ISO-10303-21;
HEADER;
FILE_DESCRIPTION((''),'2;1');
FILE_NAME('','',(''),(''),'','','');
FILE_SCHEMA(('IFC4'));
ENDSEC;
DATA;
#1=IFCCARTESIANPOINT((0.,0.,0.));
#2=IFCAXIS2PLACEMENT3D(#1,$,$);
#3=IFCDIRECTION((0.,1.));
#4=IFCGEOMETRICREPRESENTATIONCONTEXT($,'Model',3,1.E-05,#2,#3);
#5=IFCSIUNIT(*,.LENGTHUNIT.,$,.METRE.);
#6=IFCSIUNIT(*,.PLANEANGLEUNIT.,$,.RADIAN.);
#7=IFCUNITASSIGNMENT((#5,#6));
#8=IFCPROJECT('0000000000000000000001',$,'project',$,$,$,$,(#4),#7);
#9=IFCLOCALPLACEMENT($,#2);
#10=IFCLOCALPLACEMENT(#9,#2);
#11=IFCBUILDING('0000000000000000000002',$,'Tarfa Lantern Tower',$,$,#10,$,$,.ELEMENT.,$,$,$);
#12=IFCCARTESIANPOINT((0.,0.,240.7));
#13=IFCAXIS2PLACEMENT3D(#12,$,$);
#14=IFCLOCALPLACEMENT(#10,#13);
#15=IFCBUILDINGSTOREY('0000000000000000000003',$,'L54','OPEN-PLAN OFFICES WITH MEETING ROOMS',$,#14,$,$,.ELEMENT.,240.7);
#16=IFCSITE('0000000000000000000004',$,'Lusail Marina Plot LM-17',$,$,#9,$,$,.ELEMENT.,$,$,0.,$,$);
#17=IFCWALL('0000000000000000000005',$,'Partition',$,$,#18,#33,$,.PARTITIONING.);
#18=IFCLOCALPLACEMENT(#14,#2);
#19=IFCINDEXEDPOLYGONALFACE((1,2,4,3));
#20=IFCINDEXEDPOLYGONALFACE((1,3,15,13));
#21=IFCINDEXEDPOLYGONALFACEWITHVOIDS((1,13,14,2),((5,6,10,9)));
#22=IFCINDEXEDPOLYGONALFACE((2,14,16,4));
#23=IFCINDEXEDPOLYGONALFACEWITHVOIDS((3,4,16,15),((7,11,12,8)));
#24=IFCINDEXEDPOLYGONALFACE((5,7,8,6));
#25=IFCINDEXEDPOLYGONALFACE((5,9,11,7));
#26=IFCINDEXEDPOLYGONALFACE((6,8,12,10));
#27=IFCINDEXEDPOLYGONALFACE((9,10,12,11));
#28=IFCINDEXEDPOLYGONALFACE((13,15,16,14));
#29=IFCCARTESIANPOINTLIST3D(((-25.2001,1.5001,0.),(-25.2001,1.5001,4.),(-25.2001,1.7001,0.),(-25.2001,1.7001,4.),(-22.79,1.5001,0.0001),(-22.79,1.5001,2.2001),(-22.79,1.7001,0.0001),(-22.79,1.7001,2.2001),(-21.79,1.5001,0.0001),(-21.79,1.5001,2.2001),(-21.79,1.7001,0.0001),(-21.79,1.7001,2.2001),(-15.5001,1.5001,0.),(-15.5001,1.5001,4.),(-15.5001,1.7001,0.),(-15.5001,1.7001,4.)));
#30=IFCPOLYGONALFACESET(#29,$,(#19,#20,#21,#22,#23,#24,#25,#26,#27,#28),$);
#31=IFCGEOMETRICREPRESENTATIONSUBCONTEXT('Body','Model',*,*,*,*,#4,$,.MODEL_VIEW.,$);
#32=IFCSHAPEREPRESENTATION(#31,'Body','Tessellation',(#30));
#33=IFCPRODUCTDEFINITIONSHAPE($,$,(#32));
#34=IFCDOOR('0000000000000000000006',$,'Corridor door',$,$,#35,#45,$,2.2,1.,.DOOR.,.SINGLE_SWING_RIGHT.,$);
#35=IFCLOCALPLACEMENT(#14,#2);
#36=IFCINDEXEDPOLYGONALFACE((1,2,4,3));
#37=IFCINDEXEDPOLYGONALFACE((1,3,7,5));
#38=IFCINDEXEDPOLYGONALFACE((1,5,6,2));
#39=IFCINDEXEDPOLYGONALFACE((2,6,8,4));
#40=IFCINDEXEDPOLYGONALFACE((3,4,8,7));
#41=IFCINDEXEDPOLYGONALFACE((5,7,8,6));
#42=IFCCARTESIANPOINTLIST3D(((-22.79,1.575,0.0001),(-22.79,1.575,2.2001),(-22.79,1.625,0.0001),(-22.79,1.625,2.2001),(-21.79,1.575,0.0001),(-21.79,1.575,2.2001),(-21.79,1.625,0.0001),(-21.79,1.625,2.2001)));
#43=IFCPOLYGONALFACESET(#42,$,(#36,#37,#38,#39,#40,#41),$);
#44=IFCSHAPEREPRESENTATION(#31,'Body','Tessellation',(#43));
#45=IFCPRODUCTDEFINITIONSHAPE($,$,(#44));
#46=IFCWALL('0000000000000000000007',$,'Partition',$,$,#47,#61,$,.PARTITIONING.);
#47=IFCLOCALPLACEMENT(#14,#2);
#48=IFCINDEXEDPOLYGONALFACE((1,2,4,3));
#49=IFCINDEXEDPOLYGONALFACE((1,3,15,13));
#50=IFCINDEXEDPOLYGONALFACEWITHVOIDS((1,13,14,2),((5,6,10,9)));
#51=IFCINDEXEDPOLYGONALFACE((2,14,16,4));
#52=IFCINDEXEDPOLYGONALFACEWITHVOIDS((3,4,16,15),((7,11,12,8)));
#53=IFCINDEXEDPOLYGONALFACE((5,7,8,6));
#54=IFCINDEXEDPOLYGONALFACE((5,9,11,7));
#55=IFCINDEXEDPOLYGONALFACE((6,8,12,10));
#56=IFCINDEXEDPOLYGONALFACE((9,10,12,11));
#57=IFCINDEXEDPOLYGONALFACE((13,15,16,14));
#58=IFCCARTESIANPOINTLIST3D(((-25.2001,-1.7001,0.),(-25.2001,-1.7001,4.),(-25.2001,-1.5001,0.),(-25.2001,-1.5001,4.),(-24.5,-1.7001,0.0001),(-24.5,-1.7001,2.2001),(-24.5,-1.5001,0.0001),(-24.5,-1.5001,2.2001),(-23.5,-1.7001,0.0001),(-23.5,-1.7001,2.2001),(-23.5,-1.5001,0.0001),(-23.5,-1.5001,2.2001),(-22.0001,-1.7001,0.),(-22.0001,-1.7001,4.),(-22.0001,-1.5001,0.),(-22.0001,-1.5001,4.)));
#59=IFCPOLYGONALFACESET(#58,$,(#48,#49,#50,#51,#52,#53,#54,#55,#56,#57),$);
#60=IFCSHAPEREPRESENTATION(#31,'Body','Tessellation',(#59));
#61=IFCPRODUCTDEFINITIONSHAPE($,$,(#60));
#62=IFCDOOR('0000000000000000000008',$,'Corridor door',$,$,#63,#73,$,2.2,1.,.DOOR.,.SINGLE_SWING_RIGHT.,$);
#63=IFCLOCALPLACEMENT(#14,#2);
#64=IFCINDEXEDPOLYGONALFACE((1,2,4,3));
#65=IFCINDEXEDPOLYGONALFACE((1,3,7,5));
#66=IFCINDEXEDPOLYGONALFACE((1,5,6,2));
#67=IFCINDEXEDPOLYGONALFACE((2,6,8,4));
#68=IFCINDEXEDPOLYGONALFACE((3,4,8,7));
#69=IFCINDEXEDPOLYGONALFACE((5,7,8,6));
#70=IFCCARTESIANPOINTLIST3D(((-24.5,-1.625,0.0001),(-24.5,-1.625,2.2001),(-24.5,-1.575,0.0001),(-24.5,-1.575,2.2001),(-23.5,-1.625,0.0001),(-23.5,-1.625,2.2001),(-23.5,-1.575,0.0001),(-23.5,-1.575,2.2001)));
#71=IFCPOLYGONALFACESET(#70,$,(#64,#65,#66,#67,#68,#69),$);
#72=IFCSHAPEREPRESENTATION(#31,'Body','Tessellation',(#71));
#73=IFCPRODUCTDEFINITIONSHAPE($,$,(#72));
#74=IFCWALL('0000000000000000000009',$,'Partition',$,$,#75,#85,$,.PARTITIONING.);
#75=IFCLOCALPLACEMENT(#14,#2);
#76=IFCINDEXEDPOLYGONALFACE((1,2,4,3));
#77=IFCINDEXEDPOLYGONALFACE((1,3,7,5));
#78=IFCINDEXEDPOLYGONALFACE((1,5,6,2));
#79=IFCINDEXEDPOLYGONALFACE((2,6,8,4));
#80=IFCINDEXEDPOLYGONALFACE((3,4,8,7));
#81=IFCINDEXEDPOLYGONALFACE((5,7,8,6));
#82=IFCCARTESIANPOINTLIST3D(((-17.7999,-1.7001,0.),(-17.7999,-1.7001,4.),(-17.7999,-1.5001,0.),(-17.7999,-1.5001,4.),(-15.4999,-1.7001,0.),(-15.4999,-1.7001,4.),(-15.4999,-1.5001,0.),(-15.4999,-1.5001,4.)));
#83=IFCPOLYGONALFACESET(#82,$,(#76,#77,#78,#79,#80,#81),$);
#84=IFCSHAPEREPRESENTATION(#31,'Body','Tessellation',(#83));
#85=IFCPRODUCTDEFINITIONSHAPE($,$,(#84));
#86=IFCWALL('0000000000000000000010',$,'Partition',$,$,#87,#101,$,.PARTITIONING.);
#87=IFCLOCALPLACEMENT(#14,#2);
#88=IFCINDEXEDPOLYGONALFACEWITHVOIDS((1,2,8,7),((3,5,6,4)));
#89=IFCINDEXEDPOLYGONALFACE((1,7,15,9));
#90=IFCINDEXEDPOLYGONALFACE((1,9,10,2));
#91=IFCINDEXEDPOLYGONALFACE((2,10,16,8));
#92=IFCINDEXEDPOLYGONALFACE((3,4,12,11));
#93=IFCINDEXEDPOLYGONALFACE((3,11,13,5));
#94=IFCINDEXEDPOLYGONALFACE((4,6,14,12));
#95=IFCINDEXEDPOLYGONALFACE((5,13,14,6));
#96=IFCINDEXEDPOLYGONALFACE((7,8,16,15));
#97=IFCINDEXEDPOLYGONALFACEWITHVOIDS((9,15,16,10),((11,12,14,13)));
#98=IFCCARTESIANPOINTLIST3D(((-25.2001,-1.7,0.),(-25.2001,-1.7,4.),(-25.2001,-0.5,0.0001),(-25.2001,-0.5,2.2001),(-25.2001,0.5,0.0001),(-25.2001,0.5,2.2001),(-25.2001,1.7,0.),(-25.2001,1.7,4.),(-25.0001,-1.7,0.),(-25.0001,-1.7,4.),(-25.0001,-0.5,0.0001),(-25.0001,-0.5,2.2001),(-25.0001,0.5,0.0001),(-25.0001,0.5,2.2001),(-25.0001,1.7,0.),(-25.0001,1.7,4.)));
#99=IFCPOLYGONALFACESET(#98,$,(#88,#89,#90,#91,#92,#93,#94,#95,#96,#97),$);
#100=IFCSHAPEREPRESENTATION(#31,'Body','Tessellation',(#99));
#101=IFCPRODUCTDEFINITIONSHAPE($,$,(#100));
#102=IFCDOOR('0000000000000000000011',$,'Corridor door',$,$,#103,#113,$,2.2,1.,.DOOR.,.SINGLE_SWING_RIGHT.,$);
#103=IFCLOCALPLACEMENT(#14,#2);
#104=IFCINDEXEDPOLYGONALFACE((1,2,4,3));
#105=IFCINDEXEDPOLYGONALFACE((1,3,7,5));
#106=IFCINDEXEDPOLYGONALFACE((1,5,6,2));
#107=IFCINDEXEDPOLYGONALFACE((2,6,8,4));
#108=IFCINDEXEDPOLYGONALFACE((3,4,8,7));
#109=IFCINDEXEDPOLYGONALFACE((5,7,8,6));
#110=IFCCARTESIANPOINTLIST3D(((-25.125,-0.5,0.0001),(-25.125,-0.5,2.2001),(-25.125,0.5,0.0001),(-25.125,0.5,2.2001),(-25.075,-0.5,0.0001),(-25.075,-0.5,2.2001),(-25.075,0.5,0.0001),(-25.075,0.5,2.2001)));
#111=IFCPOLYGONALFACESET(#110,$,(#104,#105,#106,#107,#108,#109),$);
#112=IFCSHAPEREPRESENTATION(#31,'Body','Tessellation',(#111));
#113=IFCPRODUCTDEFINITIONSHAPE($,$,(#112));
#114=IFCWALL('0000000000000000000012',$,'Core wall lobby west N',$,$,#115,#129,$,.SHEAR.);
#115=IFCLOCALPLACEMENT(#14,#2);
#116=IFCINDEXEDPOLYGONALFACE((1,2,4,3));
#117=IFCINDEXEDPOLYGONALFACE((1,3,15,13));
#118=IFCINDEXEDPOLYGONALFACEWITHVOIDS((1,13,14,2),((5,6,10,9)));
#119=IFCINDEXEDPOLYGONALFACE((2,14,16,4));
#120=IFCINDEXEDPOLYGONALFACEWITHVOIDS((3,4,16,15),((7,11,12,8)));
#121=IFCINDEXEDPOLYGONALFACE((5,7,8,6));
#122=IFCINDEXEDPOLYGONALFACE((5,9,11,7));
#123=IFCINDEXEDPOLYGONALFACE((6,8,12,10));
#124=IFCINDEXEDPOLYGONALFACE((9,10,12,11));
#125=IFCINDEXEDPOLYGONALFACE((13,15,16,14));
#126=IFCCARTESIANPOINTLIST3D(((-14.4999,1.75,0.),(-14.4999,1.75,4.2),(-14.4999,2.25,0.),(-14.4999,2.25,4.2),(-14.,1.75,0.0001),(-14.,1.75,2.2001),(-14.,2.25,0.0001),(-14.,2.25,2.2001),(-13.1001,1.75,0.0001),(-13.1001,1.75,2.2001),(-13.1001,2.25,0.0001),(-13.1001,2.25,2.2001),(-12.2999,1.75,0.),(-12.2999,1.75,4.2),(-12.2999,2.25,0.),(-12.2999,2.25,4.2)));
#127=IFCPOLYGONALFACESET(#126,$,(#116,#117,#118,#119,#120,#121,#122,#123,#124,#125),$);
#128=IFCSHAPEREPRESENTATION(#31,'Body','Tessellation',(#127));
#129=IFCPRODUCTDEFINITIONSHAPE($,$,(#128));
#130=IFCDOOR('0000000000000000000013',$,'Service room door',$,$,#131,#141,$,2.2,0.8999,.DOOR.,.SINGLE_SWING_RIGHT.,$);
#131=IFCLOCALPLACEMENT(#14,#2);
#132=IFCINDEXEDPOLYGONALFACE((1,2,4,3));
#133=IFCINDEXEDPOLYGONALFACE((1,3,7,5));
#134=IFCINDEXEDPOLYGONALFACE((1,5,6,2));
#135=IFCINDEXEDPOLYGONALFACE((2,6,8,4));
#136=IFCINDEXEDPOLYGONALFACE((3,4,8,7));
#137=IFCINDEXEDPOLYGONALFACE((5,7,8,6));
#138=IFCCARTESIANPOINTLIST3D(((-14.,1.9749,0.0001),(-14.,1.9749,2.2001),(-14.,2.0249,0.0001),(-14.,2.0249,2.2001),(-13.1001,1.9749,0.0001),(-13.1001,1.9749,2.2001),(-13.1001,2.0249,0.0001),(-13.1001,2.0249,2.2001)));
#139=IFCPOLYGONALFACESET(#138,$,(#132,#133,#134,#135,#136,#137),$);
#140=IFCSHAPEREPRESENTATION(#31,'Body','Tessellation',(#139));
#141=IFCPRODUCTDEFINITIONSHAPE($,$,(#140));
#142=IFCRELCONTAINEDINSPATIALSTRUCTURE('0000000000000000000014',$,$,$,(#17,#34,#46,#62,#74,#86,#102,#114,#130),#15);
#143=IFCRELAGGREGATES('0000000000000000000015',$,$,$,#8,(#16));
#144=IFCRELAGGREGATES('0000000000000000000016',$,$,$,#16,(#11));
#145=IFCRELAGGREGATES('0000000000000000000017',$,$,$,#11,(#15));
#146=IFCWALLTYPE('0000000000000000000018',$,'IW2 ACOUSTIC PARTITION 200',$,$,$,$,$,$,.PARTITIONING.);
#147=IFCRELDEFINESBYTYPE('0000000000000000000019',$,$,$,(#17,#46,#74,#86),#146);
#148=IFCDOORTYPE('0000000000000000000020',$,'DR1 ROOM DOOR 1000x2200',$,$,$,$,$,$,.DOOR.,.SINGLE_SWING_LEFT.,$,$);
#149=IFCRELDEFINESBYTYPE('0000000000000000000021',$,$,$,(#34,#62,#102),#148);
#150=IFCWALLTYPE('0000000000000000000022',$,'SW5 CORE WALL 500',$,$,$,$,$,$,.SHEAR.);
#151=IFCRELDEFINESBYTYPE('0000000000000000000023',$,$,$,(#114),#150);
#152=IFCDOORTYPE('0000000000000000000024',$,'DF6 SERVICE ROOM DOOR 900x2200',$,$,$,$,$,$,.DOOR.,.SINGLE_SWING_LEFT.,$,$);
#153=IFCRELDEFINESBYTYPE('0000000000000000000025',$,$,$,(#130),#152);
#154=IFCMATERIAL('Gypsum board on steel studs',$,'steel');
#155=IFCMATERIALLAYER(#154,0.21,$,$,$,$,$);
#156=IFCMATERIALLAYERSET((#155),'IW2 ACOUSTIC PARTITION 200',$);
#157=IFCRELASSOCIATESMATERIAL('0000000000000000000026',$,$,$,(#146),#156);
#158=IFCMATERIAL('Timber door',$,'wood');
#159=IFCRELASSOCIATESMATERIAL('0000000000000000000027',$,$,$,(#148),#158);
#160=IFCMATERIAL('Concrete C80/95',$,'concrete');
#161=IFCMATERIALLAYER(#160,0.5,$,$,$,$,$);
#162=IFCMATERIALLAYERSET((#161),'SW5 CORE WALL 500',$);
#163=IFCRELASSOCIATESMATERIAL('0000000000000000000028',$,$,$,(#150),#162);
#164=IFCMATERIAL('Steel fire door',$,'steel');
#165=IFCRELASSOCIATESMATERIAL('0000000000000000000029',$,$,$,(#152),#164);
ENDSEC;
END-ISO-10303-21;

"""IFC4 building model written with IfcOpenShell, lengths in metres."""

from ifc_helpers import new_model, si_unit, direction, frame, frame_2d, origin, place, context, subcontext, project, spatial, rectangle, extrude, material, layer, layer_set, type_object, element, fill, save


model = new_model("IFC4")

# Units and contexts
model_context = context("Model", 3, precision=1e-05, world=origin(), true_north=direction((0.0, 1.0)))
body_context = subcontext(model_context, "Body", "Model", "MODEL_VIEW")
ifc_project = project(units=[si_unit("LENGTHUNIT", "METRE"), si_unit("PLANEANGLEUNIT", "RADIAN")], contexts=[model_context])

# Site, building, storey
site_placement = place(None, origin())
site = spatial("IfcSite", under=ifc_project, at=site_placement, Name="Lusail Marina Plot LM-17", CompositionType="ELEMENT", RefElevation=0.0)
building_placement = place(site_placement, origin())
building = spatial("IfcBuilding", under=site, at=building_placement, Name="Tarfa Lantern Tower", CompositionType="ELEMENT")
storey_placement = place(building_placement, frame((0.0, 0.0, 240.7)))
storey = spatial("IfcBuildingStorey", under=building, at=storey_placement, Name="L54", Description="OPEN-PLAN OFFICES WITH MEETING ROOMS", CompositionType="ELEMENT", Elevation=240.7)

# Shared definitions
ifc_material_1 = material(Name="Concrete C80/95", Category="concrete")

# Shared definitions
ifc_material_2 = material(Name="Gypsum board on steel studs", Category="steel")
ifc_layer_1 = layer(ifc_material_2, 0.21)
ifc_layer_set_1 = layer_set([ifc_layer_1], Name="IW2 ACOUSTIC PARTITION 200")
wall_type_1 = type_object("IfcWallType", Name="IW2 ACOUSTIC PARTITION 200", PredefinedType="PARTITIONING", material=ifc_layer_set_1)
ifc_material_3 = material(Name="Timber door", Category="wood")
door_type_1 = type_object("IfcDoorType", Name="DR1 ROOM DOOR 1000x2200", OperationType="SINGLE_SWING_LEFT", PredefinedType="DOOR", material=ifc_material_3)

# Walls, openings, doors
wall_1_placement = place(storey_placement, frame((-15.5, 1.6001, 0.0), z_axis=(0.0, 0.0, 1.0), x_axis=(-1.0, 0.0, 0.0)))
wall_1 = element("IfcWall", 1, at=wall_1_placement, inside=storey, type_object=wall_type_1, Name="Partition", PredefinedType="PARTITIONING", context=body_context, shape_type="SweptSolid", body=[
    extrude(rectangle(XDim=9.7, YDim=0.2, at=frame_2d((4.8501, 0.0))), origin(), (0.0, 0.0, 1.0), 4.0),
])
opening_1_placement = place(wall_1_placement, frame((6.29, 0.0, 0.0)))
opening_1 = element("IfcOpeningElement", 2, at=opening_1_placement, cuts=wall_1, PredefinedType="OPENING", context=body_context, shape_type="SweptSolid", body=[
    extrude(rectangle(XDim=1.0, YDim=2.2, at=frame_2d((0.5, 1.1001))), frame((0.0, 0.1099, 0.0), z_axis=(0.0, -1.0, 0.0), x_axis=(1.0, 0.0, 0.0)), (0.0, 0.0, 1.0), 0.22),
])
door_1_placement = place(opening_1_placement, frame((1.0, 0.0, 0.0), z_axis=(0.0, 0.0, 1.0), x_axis=(-1.0, 0.0, 0.0)))
door_1 = element("IfcDoor", 3, at=door_1_placement, inside=storey, type_object=door_type_1, Name="Corridor door", OperationType="SINGLE_SWING_RIGHT", OverallHeight=2.2, OverallWidth=1.0, PredefinedType="DOOR", context=body_context, shape_type="SweptSolid", body=[
    extrude(rectangle(XDim=1.0, YDim=2.2, at=frame_2d((0.5, 1.1001))), frame((0.0, 0.0249, 0.0), z_axis=(0.0, -1.0, 0.0), x_axis=(1.0, 0.0, 0.0)), (0.0, 0.0, 1.0), 0.05),
])
fill(opening_1, door_1)
wall_2_placement = place(storey_placement, frame((-22.0, -1.6001, 0.0), z_axis=(0.0, 0.0, 1.0), x_axis=(-1.0, 0.0, 0.0)))
wall_2 = element("IfcWall", 4, at=wall_2_placement, inside=storey, type_object=wall_type_1, Name="Partition", PredefinedType="PARTITIONING", context=body_context, shape_type="SweptSolid", body=[
    extrude(rectangle(XDim=3.2, YDim=0.2, at=frame_2d((1.6001, 0.0))), origin(), (0.0, 0.0, 1.0), 4.0),
])
opening_2_placement = place(wall_2_placement, frame((1.5, 0.0, 0.0)))
opening_2 = element("IfcOpeningElement", 5, at=opening_2_placement, cuts=wall_2, PredefinedType="OPENING", context=body_context, shape_type="SweptSolid", body=[
    extrude(rectangle(XDim=1.0, YDim=2.2, at=frame_2d((0.5, 1.1001))), frame((0.0, 0.1099, 0.0), z_axis=(0.0, -1.0, 0.0), x_axis=(1.0, 0.0, 0.0)), (0.0, 0.0, 1.0), 0.22),
])
door_2_placement = place(opening_2_placement, origin())
door_2 = element("IfcDoor", 6, at=door_2_placement, inside=storey, type_object=door_type_1, Name="Corridor door", OperationType="SINGLE_SWING_RIGHT", OverallHeight=2.2, OverallWidth=1.0, PredefinedType="DOOR", context=body_context, shape_type="SweptSolid", body=[
    extrude(rectangle(XDim=1.0, YDim=2.2, at=frame_2d((0.5, 1.1001))), frame((0.0, 0.0249, 0.0), z_axis=(0.0, -1.0, 0.0), x_axis=(1.0, 0.0, 0.0)), (0.0, 0.0, 1.0), 0.05),
])
fill(opening_2, door_2)

# Wall
wall_3_placement = place(storey_placement, frame((-15.5, -1.6001, 0.0), z_axis=(0.0, 0.0, 1.0), x_axis=(-1.0, 0.0, 0.0)))
element("IfcWall", 7, at=wall_3_placement, inside=storey, type_object=wall_type_1, Name="Partition", PredefinedType="PARTITIONING", context=body_context, shape_type="SweptSolid", body=[
    extrude(rectangle(XDim=2.3, YDim=0.2, at=frame_2d((1.1499, 0.0))), origin(), (0.0, 0.0, 1.0), 4.0),
])

# Walls, openings, doors
wall_4_placement = place(storey_placement, frame((-25.1001, -1.7, 0.0), z_axis=(0.0, 0.0, 1.0), x_axis=(0.0, 1.0, 0.0)))
wall_4 = element("IfcWall", 8, at=wall_4_placement, inside=storey, type_object=wall_type_1, Name="Partition", PredefinedType="PARTITIONING", context=body_context, shape_type="SweptSolid", body=[
    extrude(rectangle(XDim=3.3999, YDim=0.2, at=frame_2d((1.7, 0.0))), origin(), (0.0, 0.0, 1.0), 4.0),
])
opening_3_placement = place(wall_4_placement, frame((1.2, 0.0, 0.0)))
opening_3 = element("IfcOpeningElement", 9, at=opening_3_placement, cuts=wall_4, PredefinedType="OPENING", context=body_context, shape_type="SweptSolid", body=[
    extrude(rectangle(XDim=1.0, YDim=2.2, at=frame_2d((0.5, 1.1001))), frame((0.0, 0.1099, 0.0), z_axis=(0.0, -1.0, 0.0), x_axis=(1.0, 0.0, 0.0)), (0.0, 0.0, 1.0), 0.22),
])
door_3_placement = place(opening_3_placement, origin())
door_3 = element("IfcDoor", 10, at=door_3_placement, inside=storey, type_object=door_type_1, Name="Corridor door", OperationType="SINGLE_SWING_RIGHT", OverallHeight=2.2, OverallWidth=1.0, PredefinedType="DOOR", context=body_context, shape_type="SweptSolid", body=[
    extrude(rectangle(XDim=1.0, YDim=2.2, at=frame_2d((0.5, 1.1001))), frame((0.0, 0.0249, 0.0), z_axis=(0.0, -1.0, 0.0), x_axis=(1.0, 0.0, 0.0)), (0.0, 0.0, 1.0), 0.05),
])
fill(opening_3, door_3)
ifc_layer_2 = layer(ifc_material_1, 0.5)
ifc_layer_set_2 = layer_set([ifc_layer_2], Name="SW5 CORE WALL 500")
wall_type_2 = type_object("IfcWallType", Name="SW5 CORE WALL 500", PredefinedType="SHEAR", material=ifc_layer_set_2)
wall_5_placement = place(storey_placement, frame((-14.5, 2.0, 0.0), z_axis=(0.0, 0.0, 1.0), x_axis=(1.0, 0.0, 0.0)))
wall_5 = element("IfcWall", 11, at=wall_5_placement, inside=storey, type_object=wall_type_2, Name="Core wall lobby west N", PredefinedType="SHEAR", context=body_context, shape_type="SweptSolid", body=[
    extrude(rectangle(XDim=2.2, YDim=0.5, at=frame_2d((1.1001, 0.0))), origin(), (0.0, 0.0, 1.0), 4.2),
])
opening_4_placement = place(wall_5_placement, frame((0.5, 0.0, 0.0)))
opening_4 = element("IfcOpeningElement", 12, at=opening_4_placement, cuts=wall_5, PredefinedType="OPENING", context=body_context, shape_type="SweptSolid", body=[
    extrude(rectangle(XDim=0.8999, YDim=2.2, at=frame_2d((0.45, 1.1001))), frame((0.0, 0.26, 0.0), z_axis=(0.0, -1.0, 0.0), x_axis=(1.0, 0.0, 0.0)), (0.0, 0.0, 1.0), 0.52),
])
ifc_material_4 = material(Name="Steel fire door", Category="steel")
door_type_2 = type_object("IfcDoorType", Name="DF6 SERVICE ROOM DOOR 900x2200", OperationType="SINGLE_SWING_LEFT", PredefinedType="DOOR", material=ifc_material_4)
door_4_placement = place(opening_4_placement, origin())
door_4 = element("IfcDoor", 13, at=door_4_placement, inside=storey, type_object=door_type_2, Name="Service room door", OperationType="SINGLE_SWING_RIGHT", OverallHeight=2.2, OverallWidth=0.8999, PredefinedType="DOOR", context=body_context, shape_type="SweptSolid", body=[
    extrude(rectangle(XDim=0.8999, YDim=2.2, at=frame_2d((0.45, 1.1001))), frame((0.0, 0.0249, 0.0), z_axis=(0.0, -1.0, 0.0), x_axis=(1.0, 0.0, 0.0)), (0.0, 0.0, 1.0), 0.05),
])
fill(opening_4, door_4)

save(model, "model.ifc")
